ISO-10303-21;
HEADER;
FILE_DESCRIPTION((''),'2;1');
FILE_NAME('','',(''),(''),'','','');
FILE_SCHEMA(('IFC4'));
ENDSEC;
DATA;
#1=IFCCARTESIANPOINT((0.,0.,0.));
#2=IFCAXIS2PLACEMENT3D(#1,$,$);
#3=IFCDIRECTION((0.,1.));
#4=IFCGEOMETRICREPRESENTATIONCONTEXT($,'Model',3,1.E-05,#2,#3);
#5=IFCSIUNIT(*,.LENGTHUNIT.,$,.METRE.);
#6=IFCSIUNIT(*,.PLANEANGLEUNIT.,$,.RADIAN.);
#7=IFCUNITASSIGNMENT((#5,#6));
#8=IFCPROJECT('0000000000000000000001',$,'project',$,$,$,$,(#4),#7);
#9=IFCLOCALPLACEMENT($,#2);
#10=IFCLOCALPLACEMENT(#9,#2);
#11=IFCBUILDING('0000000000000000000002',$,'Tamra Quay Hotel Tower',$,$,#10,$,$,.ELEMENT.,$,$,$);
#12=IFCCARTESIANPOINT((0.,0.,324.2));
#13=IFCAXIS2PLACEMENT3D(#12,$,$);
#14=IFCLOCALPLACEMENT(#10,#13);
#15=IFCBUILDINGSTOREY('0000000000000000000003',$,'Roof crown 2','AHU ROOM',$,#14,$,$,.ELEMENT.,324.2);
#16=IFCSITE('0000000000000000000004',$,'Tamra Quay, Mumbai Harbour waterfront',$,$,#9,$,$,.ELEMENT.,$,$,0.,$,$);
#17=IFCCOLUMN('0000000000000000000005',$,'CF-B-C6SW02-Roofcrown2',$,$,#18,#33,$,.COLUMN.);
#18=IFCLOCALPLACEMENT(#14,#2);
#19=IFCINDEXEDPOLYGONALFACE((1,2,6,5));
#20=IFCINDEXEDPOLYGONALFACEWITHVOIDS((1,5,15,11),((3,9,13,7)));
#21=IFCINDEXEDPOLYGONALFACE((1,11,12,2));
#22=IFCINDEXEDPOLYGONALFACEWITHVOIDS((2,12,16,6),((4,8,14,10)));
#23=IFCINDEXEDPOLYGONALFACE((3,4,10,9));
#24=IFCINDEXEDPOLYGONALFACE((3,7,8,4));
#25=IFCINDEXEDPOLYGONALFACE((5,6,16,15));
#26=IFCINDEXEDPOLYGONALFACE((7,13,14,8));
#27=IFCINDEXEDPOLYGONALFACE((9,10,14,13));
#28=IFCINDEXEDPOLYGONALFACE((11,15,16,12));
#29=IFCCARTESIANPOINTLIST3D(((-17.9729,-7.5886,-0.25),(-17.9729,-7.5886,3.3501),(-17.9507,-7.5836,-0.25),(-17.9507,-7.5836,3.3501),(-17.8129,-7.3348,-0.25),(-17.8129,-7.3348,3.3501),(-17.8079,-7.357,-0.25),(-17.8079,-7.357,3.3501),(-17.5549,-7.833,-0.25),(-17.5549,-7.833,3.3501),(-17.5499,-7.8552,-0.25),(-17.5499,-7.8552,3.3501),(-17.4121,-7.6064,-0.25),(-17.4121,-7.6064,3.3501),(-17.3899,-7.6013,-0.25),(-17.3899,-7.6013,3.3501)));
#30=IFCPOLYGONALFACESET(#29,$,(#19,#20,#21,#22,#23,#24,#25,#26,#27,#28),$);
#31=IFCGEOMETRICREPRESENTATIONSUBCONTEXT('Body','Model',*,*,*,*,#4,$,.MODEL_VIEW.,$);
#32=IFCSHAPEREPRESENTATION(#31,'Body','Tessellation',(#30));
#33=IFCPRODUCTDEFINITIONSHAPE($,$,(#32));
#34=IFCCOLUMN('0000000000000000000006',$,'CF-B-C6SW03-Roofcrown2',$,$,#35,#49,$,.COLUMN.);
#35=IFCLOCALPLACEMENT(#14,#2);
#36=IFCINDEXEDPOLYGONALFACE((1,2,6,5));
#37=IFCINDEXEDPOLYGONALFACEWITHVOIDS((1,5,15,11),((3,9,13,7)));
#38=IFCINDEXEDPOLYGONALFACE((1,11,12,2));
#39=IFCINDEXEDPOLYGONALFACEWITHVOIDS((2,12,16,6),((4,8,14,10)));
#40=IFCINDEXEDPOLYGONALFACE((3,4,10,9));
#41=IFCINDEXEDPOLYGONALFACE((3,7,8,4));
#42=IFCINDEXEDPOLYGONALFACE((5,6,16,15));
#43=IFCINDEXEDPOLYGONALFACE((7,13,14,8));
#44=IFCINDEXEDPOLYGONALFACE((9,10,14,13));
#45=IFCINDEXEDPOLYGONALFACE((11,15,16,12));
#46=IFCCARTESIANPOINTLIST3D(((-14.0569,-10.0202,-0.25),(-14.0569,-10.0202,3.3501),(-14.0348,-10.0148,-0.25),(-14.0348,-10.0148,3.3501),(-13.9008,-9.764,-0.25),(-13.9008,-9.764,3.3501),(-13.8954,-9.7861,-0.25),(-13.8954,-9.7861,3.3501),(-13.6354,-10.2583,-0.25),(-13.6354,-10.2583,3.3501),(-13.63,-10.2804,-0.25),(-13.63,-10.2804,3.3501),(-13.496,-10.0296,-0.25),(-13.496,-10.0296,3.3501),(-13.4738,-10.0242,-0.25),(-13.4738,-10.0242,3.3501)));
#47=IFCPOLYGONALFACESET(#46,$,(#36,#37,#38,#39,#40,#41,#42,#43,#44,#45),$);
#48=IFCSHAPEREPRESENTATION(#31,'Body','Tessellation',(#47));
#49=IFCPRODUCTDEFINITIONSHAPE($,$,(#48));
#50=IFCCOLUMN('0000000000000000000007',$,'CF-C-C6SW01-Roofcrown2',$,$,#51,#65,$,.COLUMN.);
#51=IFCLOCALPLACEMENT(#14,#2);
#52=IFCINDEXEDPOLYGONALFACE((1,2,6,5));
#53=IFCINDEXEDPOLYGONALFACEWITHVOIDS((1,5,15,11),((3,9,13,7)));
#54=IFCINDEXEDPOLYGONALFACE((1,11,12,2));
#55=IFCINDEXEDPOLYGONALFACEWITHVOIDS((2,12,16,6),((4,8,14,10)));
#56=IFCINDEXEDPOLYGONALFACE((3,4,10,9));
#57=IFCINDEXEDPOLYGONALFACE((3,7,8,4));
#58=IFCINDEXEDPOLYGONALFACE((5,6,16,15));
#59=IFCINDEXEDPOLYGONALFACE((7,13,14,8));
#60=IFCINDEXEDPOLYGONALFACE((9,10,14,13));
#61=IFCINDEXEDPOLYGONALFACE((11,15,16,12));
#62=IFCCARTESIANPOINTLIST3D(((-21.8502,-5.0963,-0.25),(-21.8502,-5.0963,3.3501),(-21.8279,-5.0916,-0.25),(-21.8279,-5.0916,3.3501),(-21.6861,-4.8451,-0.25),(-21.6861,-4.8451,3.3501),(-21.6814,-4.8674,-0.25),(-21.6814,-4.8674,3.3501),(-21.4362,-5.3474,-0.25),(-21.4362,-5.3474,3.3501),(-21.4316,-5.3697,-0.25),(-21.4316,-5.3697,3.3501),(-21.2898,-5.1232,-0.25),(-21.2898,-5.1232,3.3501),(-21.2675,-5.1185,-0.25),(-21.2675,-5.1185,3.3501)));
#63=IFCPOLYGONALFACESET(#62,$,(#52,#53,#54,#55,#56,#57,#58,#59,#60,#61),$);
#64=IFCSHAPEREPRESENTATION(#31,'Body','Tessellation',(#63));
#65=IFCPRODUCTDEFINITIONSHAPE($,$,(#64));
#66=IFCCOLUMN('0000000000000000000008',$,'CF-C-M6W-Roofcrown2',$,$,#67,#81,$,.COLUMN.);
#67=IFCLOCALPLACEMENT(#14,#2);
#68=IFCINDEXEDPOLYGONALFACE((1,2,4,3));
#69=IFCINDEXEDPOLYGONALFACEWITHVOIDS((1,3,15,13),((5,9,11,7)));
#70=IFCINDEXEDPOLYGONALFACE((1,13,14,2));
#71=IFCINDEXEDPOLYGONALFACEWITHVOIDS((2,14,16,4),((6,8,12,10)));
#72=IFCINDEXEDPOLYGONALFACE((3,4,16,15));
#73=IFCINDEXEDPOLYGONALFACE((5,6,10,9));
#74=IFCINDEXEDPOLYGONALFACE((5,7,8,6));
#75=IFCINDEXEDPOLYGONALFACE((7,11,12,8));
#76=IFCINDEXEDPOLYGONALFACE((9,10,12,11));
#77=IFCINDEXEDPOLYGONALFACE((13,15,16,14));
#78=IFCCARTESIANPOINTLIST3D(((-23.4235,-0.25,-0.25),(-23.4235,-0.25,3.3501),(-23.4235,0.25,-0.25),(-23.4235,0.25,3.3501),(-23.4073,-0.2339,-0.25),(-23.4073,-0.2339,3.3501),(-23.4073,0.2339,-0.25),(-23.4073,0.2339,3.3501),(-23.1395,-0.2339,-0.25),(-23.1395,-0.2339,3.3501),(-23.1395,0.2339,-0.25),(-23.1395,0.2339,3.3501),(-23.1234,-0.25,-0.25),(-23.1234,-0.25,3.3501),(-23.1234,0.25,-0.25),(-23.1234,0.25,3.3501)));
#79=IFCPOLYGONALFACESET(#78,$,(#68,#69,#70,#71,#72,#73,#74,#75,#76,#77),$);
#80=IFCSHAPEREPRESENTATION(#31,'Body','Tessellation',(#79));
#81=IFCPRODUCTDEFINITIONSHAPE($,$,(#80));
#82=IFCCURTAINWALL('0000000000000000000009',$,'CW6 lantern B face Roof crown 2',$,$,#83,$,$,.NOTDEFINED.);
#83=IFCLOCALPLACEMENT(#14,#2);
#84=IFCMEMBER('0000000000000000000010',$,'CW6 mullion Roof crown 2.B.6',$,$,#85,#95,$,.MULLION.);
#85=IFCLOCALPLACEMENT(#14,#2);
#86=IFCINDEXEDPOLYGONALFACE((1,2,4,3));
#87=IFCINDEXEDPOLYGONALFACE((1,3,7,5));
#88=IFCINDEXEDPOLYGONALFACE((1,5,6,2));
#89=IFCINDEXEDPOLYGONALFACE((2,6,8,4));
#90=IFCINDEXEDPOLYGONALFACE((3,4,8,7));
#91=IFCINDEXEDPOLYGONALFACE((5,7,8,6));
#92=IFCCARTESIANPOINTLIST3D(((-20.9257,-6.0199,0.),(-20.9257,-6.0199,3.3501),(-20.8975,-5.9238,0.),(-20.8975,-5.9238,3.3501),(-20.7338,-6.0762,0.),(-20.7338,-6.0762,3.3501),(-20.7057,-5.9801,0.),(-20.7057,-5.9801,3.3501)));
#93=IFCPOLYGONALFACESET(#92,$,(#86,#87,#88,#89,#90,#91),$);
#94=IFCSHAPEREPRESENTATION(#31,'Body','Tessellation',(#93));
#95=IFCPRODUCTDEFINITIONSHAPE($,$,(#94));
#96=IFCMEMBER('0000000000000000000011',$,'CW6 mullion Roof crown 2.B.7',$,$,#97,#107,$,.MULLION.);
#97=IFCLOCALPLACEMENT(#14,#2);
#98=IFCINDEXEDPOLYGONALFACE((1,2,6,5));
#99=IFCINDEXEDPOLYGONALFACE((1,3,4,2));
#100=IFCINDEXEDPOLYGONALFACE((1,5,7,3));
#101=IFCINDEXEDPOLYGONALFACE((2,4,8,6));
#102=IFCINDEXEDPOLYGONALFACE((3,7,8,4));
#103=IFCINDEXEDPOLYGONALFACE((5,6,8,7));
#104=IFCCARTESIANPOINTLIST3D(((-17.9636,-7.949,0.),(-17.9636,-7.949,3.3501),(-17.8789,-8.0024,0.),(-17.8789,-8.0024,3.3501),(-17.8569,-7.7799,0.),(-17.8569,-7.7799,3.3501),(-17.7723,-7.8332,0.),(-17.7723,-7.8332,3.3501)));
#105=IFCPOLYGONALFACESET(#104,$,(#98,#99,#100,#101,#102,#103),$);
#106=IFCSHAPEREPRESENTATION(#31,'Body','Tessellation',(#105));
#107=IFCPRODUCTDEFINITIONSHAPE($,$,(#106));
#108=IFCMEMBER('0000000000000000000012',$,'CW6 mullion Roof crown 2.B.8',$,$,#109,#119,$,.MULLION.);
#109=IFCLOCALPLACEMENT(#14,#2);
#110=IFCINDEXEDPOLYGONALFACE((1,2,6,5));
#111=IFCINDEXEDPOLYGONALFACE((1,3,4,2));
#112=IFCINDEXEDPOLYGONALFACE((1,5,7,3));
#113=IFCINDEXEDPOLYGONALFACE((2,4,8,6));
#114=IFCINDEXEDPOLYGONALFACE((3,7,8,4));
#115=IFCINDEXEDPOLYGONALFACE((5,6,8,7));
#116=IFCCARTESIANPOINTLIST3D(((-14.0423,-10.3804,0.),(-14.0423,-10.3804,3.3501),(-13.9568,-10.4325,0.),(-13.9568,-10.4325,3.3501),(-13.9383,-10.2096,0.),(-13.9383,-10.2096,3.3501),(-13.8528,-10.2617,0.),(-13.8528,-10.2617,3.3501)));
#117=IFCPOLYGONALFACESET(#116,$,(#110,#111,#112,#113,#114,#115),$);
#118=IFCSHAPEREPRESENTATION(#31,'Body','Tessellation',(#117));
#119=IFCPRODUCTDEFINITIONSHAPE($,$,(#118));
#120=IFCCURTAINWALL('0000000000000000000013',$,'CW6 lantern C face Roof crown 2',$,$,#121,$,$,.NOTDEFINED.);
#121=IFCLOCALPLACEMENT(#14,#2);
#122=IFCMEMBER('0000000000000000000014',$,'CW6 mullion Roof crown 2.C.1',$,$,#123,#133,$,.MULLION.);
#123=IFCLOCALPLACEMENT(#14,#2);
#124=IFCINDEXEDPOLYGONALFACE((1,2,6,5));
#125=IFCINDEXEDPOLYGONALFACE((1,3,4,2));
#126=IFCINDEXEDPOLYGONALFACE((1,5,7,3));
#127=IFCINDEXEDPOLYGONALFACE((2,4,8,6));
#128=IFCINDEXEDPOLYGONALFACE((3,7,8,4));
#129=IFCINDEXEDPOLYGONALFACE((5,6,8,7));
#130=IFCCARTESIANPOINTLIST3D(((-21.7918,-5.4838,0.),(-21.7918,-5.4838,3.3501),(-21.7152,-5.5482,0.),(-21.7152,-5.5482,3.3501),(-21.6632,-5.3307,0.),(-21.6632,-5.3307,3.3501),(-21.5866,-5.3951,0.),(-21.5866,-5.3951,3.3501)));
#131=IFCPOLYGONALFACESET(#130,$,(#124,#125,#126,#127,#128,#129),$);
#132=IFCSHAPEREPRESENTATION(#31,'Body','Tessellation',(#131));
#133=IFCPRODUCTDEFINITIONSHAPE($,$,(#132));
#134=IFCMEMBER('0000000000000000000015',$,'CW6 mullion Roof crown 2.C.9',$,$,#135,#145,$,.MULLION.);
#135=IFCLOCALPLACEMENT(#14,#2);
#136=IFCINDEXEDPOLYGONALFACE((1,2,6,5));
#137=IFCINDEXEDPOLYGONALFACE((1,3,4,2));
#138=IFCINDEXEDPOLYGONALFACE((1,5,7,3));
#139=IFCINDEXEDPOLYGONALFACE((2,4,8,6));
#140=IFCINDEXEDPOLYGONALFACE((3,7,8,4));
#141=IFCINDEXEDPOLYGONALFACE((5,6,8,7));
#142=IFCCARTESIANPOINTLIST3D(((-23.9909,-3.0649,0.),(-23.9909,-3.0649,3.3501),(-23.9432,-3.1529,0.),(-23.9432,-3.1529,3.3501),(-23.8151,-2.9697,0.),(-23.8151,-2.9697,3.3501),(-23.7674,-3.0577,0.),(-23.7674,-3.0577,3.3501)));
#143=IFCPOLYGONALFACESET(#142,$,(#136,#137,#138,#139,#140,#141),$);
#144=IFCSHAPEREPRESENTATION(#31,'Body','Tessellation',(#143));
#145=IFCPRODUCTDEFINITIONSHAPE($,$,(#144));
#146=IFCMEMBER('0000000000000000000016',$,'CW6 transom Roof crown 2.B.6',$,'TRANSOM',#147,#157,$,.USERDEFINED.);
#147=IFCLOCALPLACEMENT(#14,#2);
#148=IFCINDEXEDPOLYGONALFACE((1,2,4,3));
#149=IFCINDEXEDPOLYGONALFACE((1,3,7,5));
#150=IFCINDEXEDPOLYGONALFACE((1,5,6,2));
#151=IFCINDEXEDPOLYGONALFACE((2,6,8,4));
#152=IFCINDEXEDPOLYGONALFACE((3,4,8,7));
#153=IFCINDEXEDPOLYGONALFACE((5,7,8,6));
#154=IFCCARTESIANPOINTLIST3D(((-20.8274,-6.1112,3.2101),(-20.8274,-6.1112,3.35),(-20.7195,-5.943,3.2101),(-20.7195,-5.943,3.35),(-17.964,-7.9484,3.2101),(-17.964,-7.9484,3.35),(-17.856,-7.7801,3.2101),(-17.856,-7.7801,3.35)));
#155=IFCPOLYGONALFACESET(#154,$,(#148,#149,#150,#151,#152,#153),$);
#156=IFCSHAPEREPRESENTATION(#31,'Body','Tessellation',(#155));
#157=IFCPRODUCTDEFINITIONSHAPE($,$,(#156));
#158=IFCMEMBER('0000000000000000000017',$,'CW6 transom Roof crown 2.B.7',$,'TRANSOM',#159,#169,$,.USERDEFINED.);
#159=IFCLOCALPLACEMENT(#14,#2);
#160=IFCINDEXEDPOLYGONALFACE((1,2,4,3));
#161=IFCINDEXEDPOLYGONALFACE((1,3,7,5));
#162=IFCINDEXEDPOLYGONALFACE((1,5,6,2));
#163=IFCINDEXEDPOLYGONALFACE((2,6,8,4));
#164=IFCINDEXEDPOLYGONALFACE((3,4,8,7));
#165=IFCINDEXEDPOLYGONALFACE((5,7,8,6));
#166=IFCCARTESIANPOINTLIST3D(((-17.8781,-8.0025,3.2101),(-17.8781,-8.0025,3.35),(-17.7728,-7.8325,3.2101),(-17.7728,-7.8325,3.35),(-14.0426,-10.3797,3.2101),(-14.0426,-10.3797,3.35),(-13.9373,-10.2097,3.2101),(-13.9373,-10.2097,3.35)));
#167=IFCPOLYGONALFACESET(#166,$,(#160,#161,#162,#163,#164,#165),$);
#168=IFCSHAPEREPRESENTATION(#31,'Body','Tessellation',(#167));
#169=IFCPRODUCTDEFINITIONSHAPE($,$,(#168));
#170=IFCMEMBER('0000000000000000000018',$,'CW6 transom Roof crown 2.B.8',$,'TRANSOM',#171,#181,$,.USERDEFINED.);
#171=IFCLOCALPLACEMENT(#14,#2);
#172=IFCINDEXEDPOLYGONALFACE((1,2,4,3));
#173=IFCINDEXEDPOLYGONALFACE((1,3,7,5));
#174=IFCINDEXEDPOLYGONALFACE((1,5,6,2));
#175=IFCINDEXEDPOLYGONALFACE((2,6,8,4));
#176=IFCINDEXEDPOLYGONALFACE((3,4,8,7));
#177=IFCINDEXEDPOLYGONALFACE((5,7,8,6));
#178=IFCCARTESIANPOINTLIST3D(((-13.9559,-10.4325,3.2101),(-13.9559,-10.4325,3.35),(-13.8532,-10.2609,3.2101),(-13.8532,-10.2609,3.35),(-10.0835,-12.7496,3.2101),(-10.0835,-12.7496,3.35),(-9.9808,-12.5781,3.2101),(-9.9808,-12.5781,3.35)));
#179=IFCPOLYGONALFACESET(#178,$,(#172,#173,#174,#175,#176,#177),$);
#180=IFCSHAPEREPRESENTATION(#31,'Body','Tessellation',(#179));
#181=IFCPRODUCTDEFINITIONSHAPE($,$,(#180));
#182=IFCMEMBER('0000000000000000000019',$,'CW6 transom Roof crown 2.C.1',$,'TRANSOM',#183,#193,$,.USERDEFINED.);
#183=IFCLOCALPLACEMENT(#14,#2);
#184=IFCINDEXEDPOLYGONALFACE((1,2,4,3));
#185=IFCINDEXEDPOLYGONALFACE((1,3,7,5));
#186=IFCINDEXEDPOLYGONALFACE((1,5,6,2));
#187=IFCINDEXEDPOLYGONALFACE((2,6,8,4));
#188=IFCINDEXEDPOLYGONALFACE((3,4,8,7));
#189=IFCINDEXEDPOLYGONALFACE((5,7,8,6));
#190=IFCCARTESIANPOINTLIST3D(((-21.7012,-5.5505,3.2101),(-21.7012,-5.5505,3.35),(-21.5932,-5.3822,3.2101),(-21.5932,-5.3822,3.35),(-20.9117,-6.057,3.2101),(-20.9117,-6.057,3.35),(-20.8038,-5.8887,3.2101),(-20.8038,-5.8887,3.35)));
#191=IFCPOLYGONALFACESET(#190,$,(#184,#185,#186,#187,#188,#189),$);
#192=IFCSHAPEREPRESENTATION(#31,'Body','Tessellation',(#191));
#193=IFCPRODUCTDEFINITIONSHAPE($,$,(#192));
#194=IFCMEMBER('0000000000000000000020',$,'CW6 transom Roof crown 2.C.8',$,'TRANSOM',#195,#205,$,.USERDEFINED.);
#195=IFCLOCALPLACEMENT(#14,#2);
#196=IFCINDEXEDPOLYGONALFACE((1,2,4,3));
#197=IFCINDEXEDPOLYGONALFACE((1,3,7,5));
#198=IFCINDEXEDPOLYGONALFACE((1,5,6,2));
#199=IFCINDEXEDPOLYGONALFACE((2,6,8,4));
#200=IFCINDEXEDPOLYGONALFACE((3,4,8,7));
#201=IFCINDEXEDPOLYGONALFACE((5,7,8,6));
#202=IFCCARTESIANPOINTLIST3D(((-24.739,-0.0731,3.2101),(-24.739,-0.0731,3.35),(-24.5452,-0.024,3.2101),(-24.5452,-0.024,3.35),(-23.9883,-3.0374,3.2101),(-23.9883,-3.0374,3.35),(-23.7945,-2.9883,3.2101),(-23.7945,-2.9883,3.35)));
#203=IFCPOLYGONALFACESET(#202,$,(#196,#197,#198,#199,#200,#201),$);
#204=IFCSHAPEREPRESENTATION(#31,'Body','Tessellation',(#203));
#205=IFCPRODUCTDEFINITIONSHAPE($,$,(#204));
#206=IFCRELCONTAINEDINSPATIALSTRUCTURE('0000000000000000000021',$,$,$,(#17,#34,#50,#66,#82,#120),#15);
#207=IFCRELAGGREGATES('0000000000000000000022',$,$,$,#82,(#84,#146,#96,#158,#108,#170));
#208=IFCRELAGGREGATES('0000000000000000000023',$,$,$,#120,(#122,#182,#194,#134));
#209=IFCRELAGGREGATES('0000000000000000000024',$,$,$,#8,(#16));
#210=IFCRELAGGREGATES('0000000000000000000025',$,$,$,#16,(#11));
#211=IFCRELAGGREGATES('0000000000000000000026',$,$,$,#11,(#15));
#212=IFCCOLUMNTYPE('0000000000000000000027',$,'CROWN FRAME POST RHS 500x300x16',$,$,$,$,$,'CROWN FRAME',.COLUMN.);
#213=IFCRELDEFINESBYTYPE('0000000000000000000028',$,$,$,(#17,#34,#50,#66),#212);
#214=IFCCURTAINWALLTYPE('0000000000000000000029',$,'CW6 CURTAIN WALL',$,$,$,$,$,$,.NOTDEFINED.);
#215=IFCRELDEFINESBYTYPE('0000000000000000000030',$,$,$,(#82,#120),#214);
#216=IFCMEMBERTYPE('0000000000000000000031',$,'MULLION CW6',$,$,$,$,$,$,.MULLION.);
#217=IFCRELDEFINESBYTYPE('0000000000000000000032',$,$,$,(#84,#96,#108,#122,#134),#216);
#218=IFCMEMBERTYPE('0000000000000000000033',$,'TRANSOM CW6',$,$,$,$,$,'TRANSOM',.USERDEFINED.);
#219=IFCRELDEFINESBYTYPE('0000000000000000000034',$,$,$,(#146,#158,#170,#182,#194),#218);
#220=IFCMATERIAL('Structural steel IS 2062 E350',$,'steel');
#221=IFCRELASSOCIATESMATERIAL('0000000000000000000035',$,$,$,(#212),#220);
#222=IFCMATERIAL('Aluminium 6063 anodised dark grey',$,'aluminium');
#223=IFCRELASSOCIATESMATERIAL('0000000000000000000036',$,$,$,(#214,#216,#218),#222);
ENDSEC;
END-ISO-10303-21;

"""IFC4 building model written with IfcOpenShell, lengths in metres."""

from ifc_helpers import new_model, si_unit, direction, frame, origin, origin_2d, place, context, subcontext, project, spatial, rectangle, hollow_rectangle, extrude, material, material_profile, profile_set, type_object, element, aggregate, save


model = new_model("IFC4")

# Units and contexts
model_context = context("Model", 3, precision=1e-05, world=origin(), true_north=direction((0.0, 1.0)))
body_context = subcontext(model_context, "Body", "Model", "MODEL_VIEW")
ifc_project = project(units=[si_unit("LENGTHUNIT", "METRE"), si_unit("PLANEANGLEUNIT", "RADIAN")], contexts=[model_context])

# Site, building, storey
site_placement = place(None, origin())
site = spatial("IfcSite", under=ifc_project, at=site_placement, Name="Tamra Quay, Mumbai Harbour waterfront", CompositionType="ELEMENT", RefElevation=0.0)
building_placement = place(site_placement, origin())
building = spatial("IfcBuilding", under=site, at=building_placement, Name="Tamra Quay Hotel Tower", CompositionType="ELEMENT")
storey_placement = place(building_placement, frame((0.0, 0.0, 324.2)))
storey = spatial("IfcBuildingStorey", under=building, at=storey_placement, Name="Roof crown 2", Description="AHU ROOM", CompositionType="ELEMENT", Elevation=324.2)

# Columns
ifc_material_1 = material(Name="Structural steel IS 2062 E350", Category="steel")
ifc_material_profile_1 = material_profile(ifc_material_1, hollow_rectangle(XDim=0.3, YDim=0.5, WallThickness=0.0161, at=origin_2d()), Name="RHS 500x300x16")
ifc_profile_set_1 = profile_set([ifc_material_profile_1], Name="Structural steel IS 2062 E350")
column_type = type_object("IfcColumnType", Name="CROWN FRAME POST RHS 500x300x16", ElementType="CROWN FRAME", PredefinedType="COLUMN", material=ifc_profile_set_1)
for number, where, z_axis, x_axis, name in (
    (1, (-17.6814, -7.595, -0.25), (0.0, 0.0, 1.0), (0.533133, 0.846031, 0.0), "CF-B-C6SW02-Roofcrown2"),
    (2, (-13.7654, -10.0222, -0.25), (0.0, 0.0, 1.0), (0.52043, 0.853904, 0.0), "CF-B-C6SW03-Roofcrown2"),
    (3, (-21.5588, -5.1074, -0.25), (0.0, 0.0, 1.0), (0.546805, 0.83726, 0.0), "CF-C-C6SW01-Roofcrown2"),
    (4, (-23.2734, 0.0, -0.25), (0.0, 0.0, 1.0), (1.0, 0.0, 0.0), "CF-C-M6W-Roofcrown2"),
):
    element("IfcColumn", number, at=place(storey_placement, frame(where, z_axis=z_axis, x_axis=x_axis)), inside=storey, type_object=column_type, Name=name, PredefinedType="COLUMN", context=body_context, shape_type="SweptSolid", body=[
        extrude(hollow_rectangle(XDim=0.3, YDim=0.5, WallThickness=0.0161, at=origin_2d()), origin(), (0.0, 0.0, 1.0), 3.6001),
    ])

# Curtain walls, members
ifc_material_2 = material(Name="Aluminium 6063 anodised dark grey", Category="aluminium")
curtain_wall_type = type_object("IfcCurtainWallType", Name="CW6 CURTAIN WALL", PredefinedType="NOTDEFINED", material=ifc_material_2)
curtain_wall_1_placement = place(storey_placement, origin())
curtain_wall_1 = element("IfcCurtainWall", 5, at=curtain_wall_1_placement, inside=storey, type_object=curtain_wall_type, Name="CW6 lantern B face Roof crown 2", PredefinedType="NOTDEFINED")
ifc_material_profile_2 = material_profile(ifc_material_2, rectangle(XDim=0.2, YDim=0.1001, at=origin_2d()), Name="MULLION 100X200")
ifc_profile_set_2 = profile_set([ifc_material_profile_2], Name="Aluminium 6063 anodised dark grey")
member_type_1 = type_object("IfcMemberType", Name="MULLION CW6", PredefinedType="MULLION", material=ifc_profile_set_2)
member_1_placement = place(storey_placement, frame((-20.8157, -6.0, 0.0), z_axis=(0.0, 0.0, 1.0), x_axis=(-0.9596, 0.281367, 0.0)))
member_1 = element("IfcMember", 6, at=member_1_placement, type_object=member_type_1, Name="CW6 mullion Roof crown 2.B.6", PredefinedType="MULLION", context=body_context, shape_type="SweptSolid", body=[
    extrude(rectangle(XDim=0.2, YDim=0.1001, at=origin_2d()), origin(), (0.0, 0.0, 1.0), 3.3501),
])
member_2_placement = place(storey_placement, frame((-17.8679, -7.8911, 0.0), z_axis=(0.0, 0.0, 1.0), x_axis=(-0.533422, -0.845849, 0.0)))
member_2 = element("IfcMember", 7, at=member_2_placement, type_object=member_type_1, Name="CW6 mullion Roof crown 2.B.7", PredefinedType="MULLION", context=body_context, shape_type="SweptSolid", body=[
    extrude(rectangle(XDim=0.2, YDim=0.1001, at=origin_2d()), origin(), (0.0, 0.0, 1.0), 3.3501),
])
member_3_placement = place(storey_placement, frame((-13.9475, -10.321, 0.0), z_axis=(0.0, 0.0, 1.0), x_axis=(-0.52016, -0.854069, 0.0)))
member_3 = element("IfcMember", 8, at=member_3_placement, type_object=member_type_1, Name="CW6 mullion Roof crown 2.B.8", PredefinedType="MULLION", context=body_context, shape_type="SweptSolid", body=[
    extrude(rectangle(XDim=0.2, YDim=0.1001, at=origin_2d()), origin(), (0.0, 0.0, 1.0), 3.3501),
])
curtain_wall_2_placement = place(storey_placement, origin())
curtain_wall_2 = element("IfcCurtainWall", 9, at=curtain_wall_2_placement, inside=storey, type_object=curtain_wall_type, Name="CW6 lantern C face Roof crown 2", PredefinedType="NOTDEFINED")
member_4_placement = place(storey_placement, frame((-21.6892, -5.4395, 0.0), z_axis=(0.0, 0.0, 1.0), x_axis=(-0.643086, -0.765794, 0.0)))
member_4 = element("IfcMember", 10, at=member_4_placement, type_object=member_type_1, Name="CW6 mullion Roof crown 2.C.1", PredefinedType="MULLION", context=body_context, shape_type="SweptSolid", body=[
    extrude(rectangle(XDim=0.2, YDim=0.1001, at=origin_2d()), origin(), (0.0, 0.0, 1.0), 3.3501),
])
member_5_placement = place(storey_placement, frame((-23.8792, -3.0613, 0.0), z_axis=(0.0, 0.0, 1.0), x_axis=(-0.879433, -0.476023, 0.0)))
member_5 = element("IfcMember", 11, at=member_5_placement, type_object=member_type_1, Name="CW6 mullion Roof crown 2.C.9", PredefinedType="MULLION", context=body_context, shape_type="SweptSolid", body=[
    extrude(rectangle(XDim=0.2, YDim=0.1001, at=origin_2d()), origin(), (0.0, 0.0, 1.0), 3.3501),
])

# Members
ifc_material_profile_3 = material_profile(ifc_material_2, rectangle(XDim=0.2, YDim=0.1399, at=origin_2d()), Name="TRANSOM 200X140")
ifc_profile_set_3 = profile_set([ifc_material_profile_3], Name="Aluminium 6063 anodised dark grey")
member_type_2 = type_object("IfcMemberType", Name="TRANSOM CW6", ElementType="TRANSOM", PredefinedType="USERDEFINED", material=ifc_profile_set_3)
member_6_placement = place(storey_placement, frame((-20.7734, -6.0271, 3.28), z_axis=(0.84167, -0.539992, 0.0), x_axis=(0.539992, 0.84167, 0.0)))
member_6 = element("IfcMember", 12, at=member_6_placement, type_object=member_type_2, Name="CW6 transom Roof crown 2.B.6", ObjectType="TRANSOM", PredefinedType="USERDEFINED", context=body_context, shape_type="SweptSolid", body=[
    extrude(rectangle(XDim=0.2, YDim=0.1399, at=origin_2d()), origin(), (0.0, 0.0, 1.0), 3.4021),
])
member_7_placement = place(storey_placement, frame((-17.8254, -7.9175, 3.28), z_axis=(0.84998, -0.526815, 0.0), x_axis=(0.526815, 0.84998, 0.0)))
member_7 = element("IfcMember", 13, at=member_7_placement, type_object=member_type_2, Name="CW6 transom Roof crown 2.B.7", ObjectType="TRANSOM", PredefinedType="USERDEFINED", context=body_context, shape_type="SweptSolid", body=[
    extrude(rectangle(XDim=0.2, YDim=0.1399, at=origin_2d()), origin(), (0.0, 0.0, 1.0), 4.5125),
])
member_8_placement = place(storey_placement, frame((-13.9045, -10.3467, 3.28), z_axis=(0.858103, -0.513477, 0.0), x_axis=(0.513477, 0.858103, 0.0)))
member_8 = element("IfcMember", 14, at=member_8_placement, type_object=member_type_2, Name="CW6 transom Roof crown 2.B.8", ObjectType="TRANSOM", PredefinedType="USERDEFINED", context=body_context, shape_type="SweptSolid", body=[
    extrude(rectangle(XDim=0.2, YDim=0.1399, at=origin_2d()), origin(), (0.0, 0.0, 1.0), 4.5127),
])
member_9_placement = place(storey_placement, frame((-21.6472, -5.4663, 3.28), z_axis=(0.841652, -0.540021, 0.0), x_axis=(0.540021, 0.841652, 0.0)))
member_9 = element("IfcMember", 15, at=member_9_placement, type_object=member_type_2, Name="CW6 transom Roof crown 2.C.1", ObjectType="TRANSOM", PredefinedType="USERDEFINED", context=body_context, shape_type="SweptSolid", body=[
    extrude(rectangle(XDim=0.2, YDim=0.1399, at=origin_2d()), origin(), (0.0, 0.0, 1.0), 0.938),
])
member_10_placement = place(storey_placement, frame((-24.6421, -0.0486, 3.28), z_axis=(0.245503, -0.969396, 0.0), x_axis=(0.969396, 0.245503, 0.0)))
member_10 = element("IfcMember", 16, at=member_10_placement, type_object=member_type_2, Name="CW6 transom Roof crown 2.C.8", ObjectType="TRANSOM", PredefinedType="USERDEFINED", context=body_context, shape_type="SweptSolid", body=[
    extrude(rectangle(XDim=0.2, YDim=0.1399, at=origin_2d()), origin(), (0.0, 0.0, 1.0), 3.0579),
])

aggregate(curtain_wall_1, [member_1, member_6, member_2, member_7, member_3, member_8])
aggregate(curtain_wall_2, [member_4, member_9, member_10, member_5])

save(model, "model.ifc")
